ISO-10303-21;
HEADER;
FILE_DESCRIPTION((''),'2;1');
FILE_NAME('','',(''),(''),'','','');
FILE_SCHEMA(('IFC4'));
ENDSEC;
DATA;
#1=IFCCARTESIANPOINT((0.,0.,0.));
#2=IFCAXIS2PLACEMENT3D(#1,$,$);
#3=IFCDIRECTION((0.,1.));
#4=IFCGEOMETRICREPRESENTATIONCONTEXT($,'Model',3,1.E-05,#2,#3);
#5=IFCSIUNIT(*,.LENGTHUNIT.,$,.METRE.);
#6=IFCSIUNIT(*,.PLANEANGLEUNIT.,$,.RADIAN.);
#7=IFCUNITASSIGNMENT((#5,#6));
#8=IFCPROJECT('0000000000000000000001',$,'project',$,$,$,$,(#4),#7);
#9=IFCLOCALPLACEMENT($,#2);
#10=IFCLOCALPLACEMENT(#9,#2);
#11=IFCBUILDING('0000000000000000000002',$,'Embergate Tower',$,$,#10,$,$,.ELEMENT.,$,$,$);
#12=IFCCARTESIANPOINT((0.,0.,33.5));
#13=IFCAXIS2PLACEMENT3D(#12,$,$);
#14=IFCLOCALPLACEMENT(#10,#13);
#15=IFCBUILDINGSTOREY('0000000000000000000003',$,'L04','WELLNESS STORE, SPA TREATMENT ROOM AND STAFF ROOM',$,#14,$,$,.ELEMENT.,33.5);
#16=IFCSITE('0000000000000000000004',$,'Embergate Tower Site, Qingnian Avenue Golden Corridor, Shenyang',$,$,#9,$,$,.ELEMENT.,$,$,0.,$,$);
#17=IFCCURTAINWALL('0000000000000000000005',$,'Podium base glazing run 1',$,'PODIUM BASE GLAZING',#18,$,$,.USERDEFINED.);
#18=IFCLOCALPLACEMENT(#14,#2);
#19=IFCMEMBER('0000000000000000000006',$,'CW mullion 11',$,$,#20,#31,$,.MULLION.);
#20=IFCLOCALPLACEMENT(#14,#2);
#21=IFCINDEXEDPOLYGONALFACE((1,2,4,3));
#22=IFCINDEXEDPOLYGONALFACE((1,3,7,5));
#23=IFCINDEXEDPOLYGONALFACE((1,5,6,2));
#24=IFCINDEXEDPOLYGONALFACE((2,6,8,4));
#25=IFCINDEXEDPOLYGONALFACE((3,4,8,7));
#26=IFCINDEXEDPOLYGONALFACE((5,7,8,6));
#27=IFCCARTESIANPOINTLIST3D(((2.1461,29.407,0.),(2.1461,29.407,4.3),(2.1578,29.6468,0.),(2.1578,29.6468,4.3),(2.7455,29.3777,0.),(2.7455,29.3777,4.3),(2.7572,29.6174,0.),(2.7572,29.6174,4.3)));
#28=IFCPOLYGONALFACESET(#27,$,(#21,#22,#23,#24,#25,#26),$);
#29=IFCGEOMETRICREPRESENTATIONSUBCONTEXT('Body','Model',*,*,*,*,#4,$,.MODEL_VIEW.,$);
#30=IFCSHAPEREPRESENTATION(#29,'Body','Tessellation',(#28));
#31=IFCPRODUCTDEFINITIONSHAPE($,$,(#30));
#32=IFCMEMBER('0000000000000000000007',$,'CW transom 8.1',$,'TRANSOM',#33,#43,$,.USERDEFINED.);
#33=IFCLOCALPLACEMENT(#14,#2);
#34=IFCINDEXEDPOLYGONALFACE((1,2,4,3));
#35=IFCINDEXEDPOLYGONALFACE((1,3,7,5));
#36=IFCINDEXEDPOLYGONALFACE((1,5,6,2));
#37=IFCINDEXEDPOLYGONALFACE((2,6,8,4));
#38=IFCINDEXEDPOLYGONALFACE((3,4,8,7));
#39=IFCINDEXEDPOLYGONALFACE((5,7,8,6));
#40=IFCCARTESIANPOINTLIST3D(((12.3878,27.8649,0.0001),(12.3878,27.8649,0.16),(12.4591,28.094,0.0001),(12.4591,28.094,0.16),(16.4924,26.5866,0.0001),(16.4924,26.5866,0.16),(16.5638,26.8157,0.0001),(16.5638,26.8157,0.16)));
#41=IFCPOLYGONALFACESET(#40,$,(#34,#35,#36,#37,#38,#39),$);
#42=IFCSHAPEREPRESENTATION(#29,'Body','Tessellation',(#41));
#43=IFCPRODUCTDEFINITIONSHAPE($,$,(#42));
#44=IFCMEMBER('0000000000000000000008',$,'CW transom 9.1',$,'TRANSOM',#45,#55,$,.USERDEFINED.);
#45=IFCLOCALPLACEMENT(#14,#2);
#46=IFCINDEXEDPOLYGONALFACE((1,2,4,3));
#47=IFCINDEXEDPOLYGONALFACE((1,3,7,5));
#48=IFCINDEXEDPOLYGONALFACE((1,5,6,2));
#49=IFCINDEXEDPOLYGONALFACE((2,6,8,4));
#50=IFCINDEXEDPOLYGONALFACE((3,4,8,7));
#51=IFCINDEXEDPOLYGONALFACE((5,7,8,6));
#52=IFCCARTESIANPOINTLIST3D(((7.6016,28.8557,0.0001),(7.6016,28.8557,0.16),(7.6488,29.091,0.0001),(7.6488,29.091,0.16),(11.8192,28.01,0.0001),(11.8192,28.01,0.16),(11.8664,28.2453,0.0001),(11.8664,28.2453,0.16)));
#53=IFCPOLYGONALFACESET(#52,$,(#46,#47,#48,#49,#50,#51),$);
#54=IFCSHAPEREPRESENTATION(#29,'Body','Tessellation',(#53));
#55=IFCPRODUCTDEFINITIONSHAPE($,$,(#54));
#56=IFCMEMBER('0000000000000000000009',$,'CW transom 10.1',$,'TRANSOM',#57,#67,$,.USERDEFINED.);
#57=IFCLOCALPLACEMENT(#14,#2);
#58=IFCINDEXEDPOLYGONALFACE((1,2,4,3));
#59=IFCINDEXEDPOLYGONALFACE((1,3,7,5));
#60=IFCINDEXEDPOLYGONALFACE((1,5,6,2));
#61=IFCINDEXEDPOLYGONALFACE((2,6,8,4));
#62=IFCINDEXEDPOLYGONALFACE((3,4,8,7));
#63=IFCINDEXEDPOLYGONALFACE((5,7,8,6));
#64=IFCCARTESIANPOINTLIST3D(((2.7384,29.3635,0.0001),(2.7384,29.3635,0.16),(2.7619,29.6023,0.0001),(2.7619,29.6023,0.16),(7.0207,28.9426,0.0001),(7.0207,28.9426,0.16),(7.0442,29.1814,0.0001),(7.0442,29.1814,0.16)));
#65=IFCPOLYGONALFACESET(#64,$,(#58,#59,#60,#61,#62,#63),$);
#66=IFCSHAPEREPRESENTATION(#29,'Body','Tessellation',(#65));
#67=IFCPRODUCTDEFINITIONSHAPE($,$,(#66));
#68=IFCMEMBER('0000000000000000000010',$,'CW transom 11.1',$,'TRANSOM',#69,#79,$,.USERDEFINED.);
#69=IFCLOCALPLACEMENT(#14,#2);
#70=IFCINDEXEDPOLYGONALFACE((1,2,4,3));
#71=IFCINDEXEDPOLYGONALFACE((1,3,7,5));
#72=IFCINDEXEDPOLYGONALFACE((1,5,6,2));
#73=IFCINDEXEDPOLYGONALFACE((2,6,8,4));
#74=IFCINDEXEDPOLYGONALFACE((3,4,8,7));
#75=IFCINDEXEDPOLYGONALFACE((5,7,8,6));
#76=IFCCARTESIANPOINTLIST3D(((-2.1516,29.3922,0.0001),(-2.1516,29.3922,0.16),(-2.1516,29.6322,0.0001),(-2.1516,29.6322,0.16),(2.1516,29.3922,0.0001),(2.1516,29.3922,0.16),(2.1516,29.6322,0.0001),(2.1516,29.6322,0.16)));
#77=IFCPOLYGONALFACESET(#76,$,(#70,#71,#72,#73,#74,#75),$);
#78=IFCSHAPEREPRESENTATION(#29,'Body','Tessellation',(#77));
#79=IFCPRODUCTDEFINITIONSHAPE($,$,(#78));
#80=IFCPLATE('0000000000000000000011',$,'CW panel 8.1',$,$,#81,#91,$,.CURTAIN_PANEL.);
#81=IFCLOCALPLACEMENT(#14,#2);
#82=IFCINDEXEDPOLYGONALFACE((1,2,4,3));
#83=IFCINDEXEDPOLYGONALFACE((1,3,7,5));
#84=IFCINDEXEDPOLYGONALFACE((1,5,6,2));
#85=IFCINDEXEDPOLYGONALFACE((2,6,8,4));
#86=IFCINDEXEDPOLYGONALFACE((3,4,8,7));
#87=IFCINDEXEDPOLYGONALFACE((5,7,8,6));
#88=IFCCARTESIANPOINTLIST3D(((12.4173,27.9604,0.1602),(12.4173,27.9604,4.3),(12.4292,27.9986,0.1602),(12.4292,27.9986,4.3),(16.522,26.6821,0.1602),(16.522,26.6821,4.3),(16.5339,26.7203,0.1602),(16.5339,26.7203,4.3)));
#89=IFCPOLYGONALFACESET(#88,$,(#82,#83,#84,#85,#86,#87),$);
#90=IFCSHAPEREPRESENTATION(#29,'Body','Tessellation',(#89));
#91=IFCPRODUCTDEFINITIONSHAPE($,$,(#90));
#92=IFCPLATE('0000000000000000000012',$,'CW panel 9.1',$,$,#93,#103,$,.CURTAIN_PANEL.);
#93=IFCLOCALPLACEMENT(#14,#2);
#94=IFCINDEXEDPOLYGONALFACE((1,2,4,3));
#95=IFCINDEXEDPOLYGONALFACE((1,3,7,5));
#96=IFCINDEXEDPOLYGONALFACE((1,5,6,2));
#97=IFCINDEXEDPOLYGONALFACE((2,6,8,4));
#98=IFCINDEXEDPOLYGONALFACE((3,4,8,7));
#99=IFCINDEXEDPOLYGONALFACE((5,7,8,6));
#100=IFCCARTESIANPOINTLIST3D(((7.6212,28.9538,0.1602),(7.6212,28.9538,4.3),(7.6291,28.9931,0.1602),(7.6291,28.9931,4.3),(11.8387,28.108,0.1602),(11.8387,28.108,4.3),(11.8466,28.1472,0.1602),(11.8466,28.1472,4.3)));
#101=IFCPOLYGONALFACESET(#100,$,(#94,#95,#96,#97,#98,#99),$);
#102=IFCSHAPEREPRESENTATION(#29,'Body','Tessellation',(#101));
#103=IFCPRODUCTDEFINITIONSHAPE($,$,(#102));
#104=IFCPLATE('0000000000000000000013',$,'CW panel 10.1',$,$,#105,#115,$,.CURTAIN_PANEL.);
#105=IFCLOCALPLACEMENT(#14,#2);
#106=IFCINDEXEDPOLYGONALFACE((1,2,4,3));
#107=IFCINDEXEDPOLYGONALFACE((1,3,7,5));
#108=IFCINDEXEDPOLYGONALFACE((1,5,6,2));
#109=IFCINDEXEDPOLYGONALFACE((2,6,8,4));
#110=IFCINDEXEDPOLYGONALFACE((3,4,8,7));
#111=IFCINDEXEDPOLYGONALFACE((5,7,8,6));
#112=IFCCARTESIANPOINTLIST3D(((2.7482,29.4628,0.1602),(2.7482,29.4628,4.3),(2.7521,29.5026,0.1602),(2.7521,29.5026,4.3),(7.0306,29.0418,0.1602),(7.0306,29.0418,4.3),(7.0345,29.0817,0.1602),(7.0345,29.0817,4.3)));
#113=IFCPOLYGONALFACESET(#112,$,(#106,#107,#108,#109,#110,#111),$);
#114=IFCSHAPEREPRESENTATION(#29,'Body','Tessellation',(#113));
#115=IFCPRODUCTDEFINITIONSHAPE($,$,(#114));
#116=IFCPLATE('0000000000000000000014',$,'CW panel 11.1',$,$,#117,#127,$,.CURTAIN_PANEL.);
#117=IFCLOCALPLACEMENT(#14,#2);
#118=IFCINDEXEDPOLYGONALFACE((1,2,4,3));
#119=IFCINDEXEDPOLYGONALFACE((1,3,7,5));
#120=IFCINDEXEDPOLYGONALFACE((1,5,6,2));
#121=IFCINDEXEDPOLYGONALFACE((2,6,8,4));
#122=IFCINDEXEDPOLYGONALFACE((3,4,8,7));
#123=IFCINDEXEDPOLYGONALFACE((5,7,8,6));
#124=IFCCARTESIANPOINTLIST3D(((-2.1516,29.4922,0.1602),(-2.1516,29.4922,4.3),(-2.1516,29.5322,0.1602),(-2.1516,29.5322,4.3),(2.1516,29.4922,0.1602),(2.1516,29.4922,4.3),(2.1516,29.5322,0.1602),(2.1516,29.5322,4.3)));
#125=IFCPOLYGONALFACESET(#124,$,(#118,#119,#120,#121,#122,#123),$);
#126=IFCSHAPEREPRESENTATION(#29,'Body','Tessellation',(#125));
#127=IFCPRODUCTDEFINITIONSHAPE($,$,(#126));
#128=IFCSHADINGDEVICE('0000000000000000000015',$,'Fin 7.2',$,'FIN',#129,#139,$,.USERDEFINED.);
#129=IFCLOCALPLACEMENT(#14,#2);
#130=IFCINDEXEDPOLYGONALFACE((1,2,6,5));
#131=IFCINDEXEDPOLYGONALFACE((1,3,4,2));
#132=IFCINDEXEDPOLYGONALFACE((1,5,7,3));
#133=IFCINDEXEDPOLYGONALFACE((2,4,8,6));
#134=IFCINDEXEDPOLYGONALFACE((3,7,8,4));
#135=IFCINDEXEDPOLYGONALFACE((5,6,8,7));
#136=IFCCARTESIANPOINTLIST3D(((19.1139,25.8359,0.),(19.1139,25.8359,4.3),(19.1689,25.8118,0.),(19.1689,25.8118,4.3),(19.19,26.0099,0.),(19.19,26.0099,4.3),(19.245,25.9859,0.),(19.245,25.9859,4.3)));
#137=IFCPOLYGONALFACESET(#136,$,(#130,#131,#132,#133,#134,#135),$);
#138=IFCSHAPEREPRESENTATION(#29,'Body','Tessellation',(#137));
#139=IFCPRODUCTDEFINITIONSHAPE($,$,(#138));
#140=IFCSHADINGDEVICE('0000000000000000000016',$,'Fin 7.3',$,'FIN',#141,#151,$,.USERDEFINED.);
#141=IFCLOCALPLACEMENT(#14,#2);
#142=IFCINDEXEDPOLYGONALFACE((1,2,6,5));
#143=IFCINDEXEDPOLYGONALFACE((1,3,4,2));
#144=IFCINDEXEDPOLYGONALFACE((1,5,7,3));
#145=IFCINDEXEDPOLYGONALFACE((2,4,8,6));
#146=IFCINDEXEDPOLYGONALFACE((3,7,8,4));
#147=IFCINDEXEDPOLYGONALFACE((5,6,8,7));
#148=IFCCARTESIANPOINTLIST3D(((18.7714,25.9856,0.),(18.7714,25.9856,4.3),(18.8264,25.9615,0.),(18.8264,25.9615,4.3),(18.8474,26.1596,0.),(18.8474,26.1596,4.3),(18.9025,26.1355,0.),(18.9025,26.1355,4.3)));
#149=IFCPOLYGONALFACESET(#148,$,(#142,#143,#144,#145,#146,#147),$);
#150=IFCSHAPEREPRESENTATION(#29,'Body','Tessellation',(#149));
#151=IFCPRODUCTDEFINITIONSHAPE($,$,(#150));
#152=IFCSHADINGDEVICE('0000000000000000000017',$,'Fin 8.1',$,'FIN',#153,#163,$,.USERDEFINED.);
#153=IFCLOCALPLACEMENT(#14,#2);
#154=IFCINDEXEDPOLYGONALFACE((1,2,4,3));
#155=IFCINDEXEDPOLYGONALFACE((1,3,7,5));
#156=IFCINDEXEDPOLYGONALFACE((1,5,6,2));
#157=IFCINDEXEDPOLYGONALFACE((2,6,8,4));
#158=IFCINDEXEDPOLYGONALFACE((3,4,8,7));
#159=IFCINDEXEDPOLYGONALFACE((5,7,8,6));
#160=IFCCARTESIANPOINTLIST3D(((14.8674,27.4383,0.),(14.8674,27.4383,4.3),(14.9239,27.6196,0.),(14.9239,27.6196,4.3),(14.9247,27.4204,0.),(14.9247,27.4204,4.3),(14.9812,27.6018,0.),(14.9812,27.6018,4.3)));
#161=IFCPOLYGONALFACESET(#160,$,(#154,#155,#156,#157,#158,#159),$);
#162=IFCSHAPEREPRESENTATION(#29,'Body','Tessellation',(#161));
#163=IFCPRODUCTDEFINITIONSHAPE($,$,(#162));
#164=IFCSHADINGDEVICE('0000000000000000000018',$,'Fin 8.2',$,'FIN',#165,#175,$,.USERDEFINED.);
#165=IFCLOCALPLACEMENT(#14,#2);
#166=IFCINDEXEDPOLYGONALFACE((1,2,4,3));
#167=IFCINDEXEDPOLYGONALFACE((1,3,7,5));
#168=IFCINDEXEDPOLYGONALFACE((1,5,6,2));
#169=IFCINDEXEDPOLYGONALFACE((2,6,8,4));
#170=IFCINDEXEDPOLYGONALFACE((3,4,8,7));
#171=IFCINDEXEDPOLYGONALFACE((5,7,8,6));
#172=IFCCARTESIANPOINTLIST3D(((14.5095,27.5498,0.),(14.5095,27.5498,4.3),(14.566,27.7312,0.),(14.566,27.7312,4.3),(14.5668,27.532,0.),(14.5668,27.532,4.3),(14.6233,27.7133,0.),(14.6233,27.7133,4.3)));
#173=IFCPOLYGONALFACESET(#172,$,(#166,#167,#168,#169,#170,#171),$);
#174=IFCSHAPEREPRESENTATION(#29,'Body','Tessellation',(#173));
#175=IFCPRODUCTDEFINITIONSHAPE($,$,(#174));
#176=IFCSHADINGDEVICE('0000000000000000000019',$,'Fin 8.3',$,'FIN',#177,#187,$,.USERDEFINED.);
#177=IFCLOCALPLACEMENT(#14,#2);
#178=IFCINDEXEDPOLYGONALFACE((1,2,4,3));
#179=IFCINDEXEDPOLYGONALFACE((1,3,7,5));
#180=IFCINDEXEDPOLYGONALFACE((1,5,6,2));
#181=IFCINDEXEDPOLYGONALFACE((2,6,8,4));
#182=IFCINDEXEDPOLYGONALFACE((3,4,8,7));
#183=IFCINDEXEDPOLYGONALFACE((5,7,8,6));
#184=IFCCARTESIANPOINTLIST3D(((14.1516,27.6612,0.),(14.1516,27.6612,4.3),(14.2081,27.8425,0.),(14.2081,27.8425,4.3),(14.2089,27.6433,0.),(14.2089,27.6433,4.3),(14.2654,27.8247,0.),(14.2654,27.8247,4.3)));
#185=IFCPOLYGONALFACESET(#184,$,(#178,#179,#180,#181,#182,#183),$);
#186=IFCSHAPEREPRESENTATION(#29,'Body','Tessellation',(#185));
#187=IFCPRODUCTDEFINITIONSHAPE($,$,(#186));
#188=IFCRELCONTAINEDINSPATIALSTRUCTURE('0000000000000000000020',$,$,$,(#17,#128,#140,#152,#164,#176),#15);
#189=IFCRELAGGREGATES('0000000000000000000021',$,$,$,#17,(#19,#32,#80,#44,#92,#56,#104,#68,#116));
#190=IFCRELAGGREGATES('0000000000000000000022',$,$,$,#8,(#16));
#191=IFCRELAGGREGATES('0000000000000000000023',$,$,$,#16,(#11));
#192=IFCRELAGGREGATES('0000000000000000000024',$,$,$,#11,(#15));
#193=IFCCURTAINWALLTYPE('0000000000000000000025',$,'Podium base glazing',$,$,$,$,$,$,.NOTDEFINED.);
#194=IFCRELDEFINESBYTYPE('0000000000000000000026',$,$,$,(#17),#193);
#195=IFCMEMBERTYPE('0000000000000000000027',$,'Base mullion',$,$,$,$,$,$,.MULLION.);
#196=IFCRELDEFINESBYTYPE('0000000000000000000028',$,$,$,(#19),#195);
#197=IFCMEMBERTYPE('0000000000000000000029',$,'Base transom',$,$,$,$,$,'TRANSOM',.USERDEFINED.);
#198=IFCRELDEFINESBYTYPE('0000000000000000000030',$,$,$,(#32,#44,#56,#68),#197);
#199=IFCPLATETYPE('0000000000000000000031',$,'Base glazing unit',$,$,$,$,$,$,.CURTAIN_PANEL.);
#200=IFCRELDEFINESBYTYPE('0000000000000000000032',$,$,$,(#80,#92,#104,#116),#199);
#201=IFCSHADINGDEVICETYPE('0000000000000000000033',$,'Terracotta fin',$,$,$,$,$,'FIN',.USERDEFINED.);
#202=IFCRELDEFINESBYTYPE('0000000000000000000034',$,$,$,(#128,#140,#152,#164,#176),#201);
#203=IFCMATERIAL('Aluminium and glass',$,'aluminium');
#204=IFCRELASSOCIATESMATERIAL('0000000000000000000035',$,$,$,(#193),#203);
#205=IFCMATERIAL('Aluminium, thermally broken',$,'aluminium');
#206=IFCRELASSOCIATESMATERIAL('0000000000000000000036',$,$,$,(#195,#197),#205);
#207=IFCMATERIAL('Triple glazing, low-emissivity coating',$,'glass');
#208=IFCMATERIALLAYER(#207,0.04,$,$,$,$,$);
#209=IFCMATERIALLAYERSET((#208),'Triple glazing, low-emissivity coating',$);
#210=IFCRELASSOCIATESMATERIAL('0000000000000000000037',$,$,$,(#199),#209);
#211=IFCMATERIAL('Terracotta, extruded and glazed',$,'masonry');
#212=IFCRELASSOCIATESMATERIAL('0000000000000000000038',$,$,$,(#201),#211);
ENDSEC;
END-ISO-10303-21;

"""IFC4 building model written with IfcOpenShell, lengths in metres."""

from ifc_helpers import new_model, si_unit, direction, frame, origin, origin_2d, place, context, subcontext, project, spatial, rectangle, extrude, source, transform, mapped, material, layer, layer_set, material_profile, profile_set, type_object, element, aggregate, save


model = new_model("IFC4")

# Units and contexts
model_context = context("Model", 3, precision=1e-05, world=origin(), true_north=direction((0.0, 1.0)))
body_context = subcontext(model_context, "Body", "Model", "MODEL_VIEW")
ifc_project = project(units=[si_unit("LENGTHUNIT", "METRE"), si_unit("PLANEANGLEUNIT", "RADIAN")], contexts=[model_context])

# Site, building, storey
site_placement = place(None, origin())
site = spatial("IfcSite", under=ifc_project, at=site_placement, Name="Embergate Tower Site, Qingnian Avenue Golden Corridor, Shenyang", CompositionType="ELEMENT", RefElevation=0.0)
building_placement = place(site_placement, origin())
building = spatial("IfcBuilding", under=site, at=building_placement, Name="Embergate Tower", CompositionType="ELEMENT")
storey_placement = place(building_placement, frame((0.0, 0.0, 33.5)))
storey = spatial("IfcBuildingStorey", under=building, at=storey_placement, Name="L04", Description="WELLNESS STORE, SPA TREATMENT ROOM AND STAFF ROOM", CompositionType="ELEMENT", Elevation=33.5)

# Curtain wall, members, plates
ifc_material_1 = material(Name="Aluminium and glass", Category="aluminium")
curtain_wall_type = type_object("IfcCurtainWallType", Name="Podium base glazing", PredefinedType="NOTDEFINED", material=ifc_material_1)
curtain_wall_placement = place(storey_placement, origin())
curtain_wall = element("IfcCurtainWall", 1, at=curtain_wall_placement, inside=storey, type_object=curtain_wall_type, Name="Podium base glazing run 1", ObjectType="PODIUM BASE GLAZING", PredefinedType="USERDEFINED")
ifc_material_2 = material(Name="Aluminium, thermally broken", Category="aluminium")
ifc_material_profile_1 = material_profile(ifc_material_2, rectangle(XDim=0.24, YDim=0.6001, at=origin_2d()), Name="AL 600x240")
ifc_profile_set_1 = profile_set([ifc_material_profile_1], Name="Aluminium, thermally broken")
member_type_1 = type_object("IfcMemberType", Name="Base mullion", PredefinedType="MULLION", material=ifc_profile_set_1)
shared_shape_1 = source(origin(), body_context, "Body", "SweptSolid", [
    extrude(rectangle(XDim=0.24, YDim=0.6001, at=origin_2d()), origin(), (0.0, 0.0, 1.0), 4.3),
])
member_1_placement = place(storey_placement, frame((2.4517, 29.5122, 0.0), z_axis=(0.0, 0.0, 1.0), x_axis=(-0.04897, -0.9988, 0.0)))
member_1 = element("IfcMember", 2, at=member_1_placement, type_object=member_type_1, Name="CW mullion 11", PredefinedType="MULLION", context=body_context, shape_type="MappedRepresentation", body=[
    mapped(shared_shape_1, transform((0.0, 0.0, 0.0))),
])
ifc_material_profile_2 = material_profile(ifc_material_2, rectangle(XDim=0.24, YDim=0.1599, at=origin_2d()), Name="AL 160x240")
ifc_profile_set_2 = profile_set([ifc_material_profile_2], Name="Aluminium, thermally broken")
member_type_2 = type_object("IfcMemberType", Name="Base transom", ElementType="TRANSOM", PredefinedType="USERDEFINED", material=ifc_profile_set_2)
shared_shape_2 = source(origin(), body_context, "Body", "SweptSolid", [
    extrude(rectangle(XDim=0.24, YDim=0.1599, at=origin_2d()), origin(), (0.0, 0.0, 1.0), 4.2991),
])
member_2_placement = place(storey_placement, frame((16.5281, 26.7012, 0.0801), z_axis=(-0.954772, 0.29734, 0.0), x_axis=(-0.29734, -0.954772, 0.0)))
member_2 = element("IfcMember", 3, at=member_2_placement, type_object=member_type_2, Name="CW transom 8.1", ObjectType="TRANSOM", PredefinedType="USERDEFINED", context=body_context, shape_type="MappedRepresentation", body=[
    mapped(shared_shape_2, transform((0.0, 0.0, 0.0))),
])
shared_shape_3 = source(origin(), body_context, "Body", "SweptSolid", [
    extrude(rectangle(XDim=0.24, YDim=0.1599, at=origin_2d()), origin(), (0.0, 0.0, 1.0), 4.3015),
])
member_3_placement = place(storey_placement, frame((11.8428, 28.1277, 0.0801), z_axis=(-0.980482, 0.196607, 0.0), x_axis=(-0.196607, -0.980482, 0.0)))
member_3 = element("IfcMember", 4, at=member_3_placement, type_object=member_type_2, Name="CW transom 9.1", ObjectType="TRANSOM", PredefinedType="USERDEFINED", context=body_context, shape_type="MappedRepresentation", body=[
    mapped(shared_shape_3, transform((0.0, 0.0, 0.0))),
])
shared_shape_4 = source(origin(), body_context, "Body", "SweptSolid", [
    extrude(rectangle(XDim=0.24, YDim=0.1599, at=origin_2d()), origin(), (0.0, 0.0, 1.0), 4.303),
])
member_4_placement = place(storey_placement, frame((7.0325, 29.062, 0.0801), z_axis=(-0.995204, 0.097818, 0.0), x_axis=(-0.097818, -0.995204, 0.0)))
member_4 = element("IfcMember", 5, at=member_4_placement, type_object=member_type_2, Name="CW transom 10.1", ObjectType="TRANSOM", PredefinedType="USERDEFINED", context=body_context, shape_type="MappedRepresentation", body=[
    mapped(shared_shape_4, transform((0.0, 0.0, 0.0))),
])
shared_shape_5 = source(origin(), body_context, "Body", "SweptSolid", [
    extrude(rectangle(XDim=0.24, YDim=0.1599, at=origin_2d()), origin(), (0.0, 0.0, 1.0), 4.3032),
])
member_5_placement = place(storey_placement, frame((2.1516, 29.5122, 0.0801), z_axis=(-1.0, 0.0, 0.0), x_axis=(0.0, -1.0, 0.0)))
member_5 = element("IfcMember", 6, at=member_5_placement, type_object=member_type_2, Name="CW transom 11.1", ObjectType="TRANSOM", PredefinedType="USERDEFINED", context=body_context, shape_type="MappedRepresentation", body=[
    mapped(shared_shape_5, transform((0.0, 0.0, 0.0))),
])
ifc_material_3 = material(Name="Triple glazing, low-emissivity coating", Category="glass")
ifc_layer = layer(ifc_material_3, 0.04)
ifc_layer_set = layer_set([ifc_layer], Name="Triple glazing, low-emissivity coating")
plate_type = type_object("IfcPlateType", Name="Base glazing unit", PredefinedType="CURTAIN_PANEL", material=ifc_layer_set)
shared_shape_6 = source(origin(), body_context, "Body", "SweptSolid", [
    extrude(rectangle(XDim=4.2991, YDim=0.04, at=origin_2d()), origin(), (0.0, 0.0, 1.0), 4.1399),
])
plate_1_placement = place(storey_placement, frame((14.4756, 27.3403, 0.1602), z_axis=(0.0, 0.0, 1.0), x_axis=(-0.954773, 0.297337, 0.0)))
plate_1 = element("IfcPlate", 7, at=plate_1_placement, type_object=plate_type, Name="CW panel 8.1", PredefinedType="CURTAIN_PANEL", context=body_context, shape_type="MappedRepresentation", body=[
    mapped(shared_shape_6, transform((0.0, 0.0, 0.0))),
])
shared_shape_7 = source(origin(), body_context, "Body", "SweptSolid", [
    extrude(rectangle(XDim=4.3015, YDim=0.04, at=origin_2d()), origin(), (0.0, 0.0, 1.0), 4.1399),
])
plate_2_placement = place(storey_placement, frame((9.7339, 28.5505, 0.1602), z_axis=(0.0, 0.0, 1.0), x_axis=(-0.980476, 0.196638, 0.0)))
plate_2 = element("IfcPlate", 8, at=plate_2_placement, type_object=plate_type, Name="CW panel 9.1", PredefinedType="CURTAIN_PANEL", context=body_context, shape_type="MappedRepresentation", body=[
    mapped(shared_shape_7, transform((0.0, 0.0, 0.0))),
])
shared_shape_8 = source(origin(), body_context, "Body", "SweptSolid", [
    extrude(rectangle(XDim=4.303, YDim=0.04, at=origin_2d()), origin(), (0.0, 0.0, 1.0), 4.1399),
])
plate_3_placement = place(storey_placement, frame((4.8914, 29.2722, 0.1602), z_axis=(0.0, 0.0, 1.0), x_axis=(-0.995203, 0.097828, 0.0)))
plate_3 = element("IfcPlate", 9, at=plate_3_placement, type_object=plate_type, Name="CW panel 10.1", PredefinedType="CURTAIN_PANEL", context=body_context, shape_type="MappedRepresentation", body=[
    mapped(shared_shape_8, transform((0.0, 0.0, 0.0))),
])
shared_shape_9 = source(origin(), body_context, "Body", "SweptSolid", [
    extrude(rectangle(XDim=4.3032, YDim=0.04, at=origin_2d()), origin(), (0.0, 0.0, 1.0), 4.1399),
])
plate_4_placement = place(storey_placement, frame((0.0, 29.5122, 0.1602), z_axis=(0.0, 0.0, 1.0), x_axis=(-1.0, 0.0, 0.0)))
plate_4 = element("IfcPlate", 10, at=plate_4_placement, type_object=plate_type, Name="CW panel 11.1", PredefinedType="CURTAIN_PANEL", context=body_context, shape_type="MappedRepresentation", body=[
    mapped(shared_shape_9, transform((0.0, 0.0, 0.0))),
])
aggregate(curtain_wall, [member_1, member_2, plate_1, member_3, plate_2, member_4, plate_3, member_5, plate_4])

# Shading devices
ifc_material_4 = material(Name="Terracotta, extruded and glazed", Category="masonry")
ifc_material_profile_3 = material_profile(ifc_material_4, rectangle(XDim=0.1899, YDim=0.0601, at=origin_2d()), Name="TC 190x60")
ifc_profile_set_3 = profile_set([ifc_material_profile_3], Name="Terracotta, extruded and glazed")
shading_device_type = type_object("IfcShadingDeviceType", Name="Terracotta fin", ElementType="FIN", PredefinedType="USERDEFINED", material=ifc_profile_set_3)
shared_shape_10 = source(origin(), body_context, "Body", "SweptSolid", [
    extrude(rectangle(XDim=0.1899, YDim=0.0601, at=origin_2d()), origin(), (0.0, 0.0, 1.0), 4.3),
])
for number, where, z_axis, x_axis, name in (
    (11, (19.1794, 25.9109, 0.0), (0.0, 0.0, 1.0), (-0.400637, -0.916237, 0.0), "Fin 7.2"),
    (12, (18.8369, 26.0605, 0.0), (0.0, 0.0, 1.0), (-0.400637, -0.916237, 0.0), "Fin 7.3"),
    (13, (14.9243, 27.52, 0.0), (0.0, 0.0, 1.0), (-0.297337, -0.954773, 0.0), "Fin 8.1"),
    (14, (14.5664, 27.6316, 0.0), (0.0, 0.0, 1.0), (-0.297337, -0.954773, 0.0), "Fin 8.2"),
    (15, (14.2085, 27.7429, 0.0), (0.0, 0.0, 1.0), (-0.297337, -0.954773, 0.0), "Fin 8.3"),
):
    element("IfcShadingDevice", number, at=place(storey_placement, frame(where, z_axis=z_axis, x_axis=x_axis)), inside=storey, type_object=shading_device_type, Name=name, ObjectType="FIN", PredefinedType="USERDEFINED", context=body_context, shape_type="MappedRepresentation", body=[
        mapped(shared_shape_10, transform((0.0, 0.0, 0.0))),
    ])

save(model, "model.ifc")
